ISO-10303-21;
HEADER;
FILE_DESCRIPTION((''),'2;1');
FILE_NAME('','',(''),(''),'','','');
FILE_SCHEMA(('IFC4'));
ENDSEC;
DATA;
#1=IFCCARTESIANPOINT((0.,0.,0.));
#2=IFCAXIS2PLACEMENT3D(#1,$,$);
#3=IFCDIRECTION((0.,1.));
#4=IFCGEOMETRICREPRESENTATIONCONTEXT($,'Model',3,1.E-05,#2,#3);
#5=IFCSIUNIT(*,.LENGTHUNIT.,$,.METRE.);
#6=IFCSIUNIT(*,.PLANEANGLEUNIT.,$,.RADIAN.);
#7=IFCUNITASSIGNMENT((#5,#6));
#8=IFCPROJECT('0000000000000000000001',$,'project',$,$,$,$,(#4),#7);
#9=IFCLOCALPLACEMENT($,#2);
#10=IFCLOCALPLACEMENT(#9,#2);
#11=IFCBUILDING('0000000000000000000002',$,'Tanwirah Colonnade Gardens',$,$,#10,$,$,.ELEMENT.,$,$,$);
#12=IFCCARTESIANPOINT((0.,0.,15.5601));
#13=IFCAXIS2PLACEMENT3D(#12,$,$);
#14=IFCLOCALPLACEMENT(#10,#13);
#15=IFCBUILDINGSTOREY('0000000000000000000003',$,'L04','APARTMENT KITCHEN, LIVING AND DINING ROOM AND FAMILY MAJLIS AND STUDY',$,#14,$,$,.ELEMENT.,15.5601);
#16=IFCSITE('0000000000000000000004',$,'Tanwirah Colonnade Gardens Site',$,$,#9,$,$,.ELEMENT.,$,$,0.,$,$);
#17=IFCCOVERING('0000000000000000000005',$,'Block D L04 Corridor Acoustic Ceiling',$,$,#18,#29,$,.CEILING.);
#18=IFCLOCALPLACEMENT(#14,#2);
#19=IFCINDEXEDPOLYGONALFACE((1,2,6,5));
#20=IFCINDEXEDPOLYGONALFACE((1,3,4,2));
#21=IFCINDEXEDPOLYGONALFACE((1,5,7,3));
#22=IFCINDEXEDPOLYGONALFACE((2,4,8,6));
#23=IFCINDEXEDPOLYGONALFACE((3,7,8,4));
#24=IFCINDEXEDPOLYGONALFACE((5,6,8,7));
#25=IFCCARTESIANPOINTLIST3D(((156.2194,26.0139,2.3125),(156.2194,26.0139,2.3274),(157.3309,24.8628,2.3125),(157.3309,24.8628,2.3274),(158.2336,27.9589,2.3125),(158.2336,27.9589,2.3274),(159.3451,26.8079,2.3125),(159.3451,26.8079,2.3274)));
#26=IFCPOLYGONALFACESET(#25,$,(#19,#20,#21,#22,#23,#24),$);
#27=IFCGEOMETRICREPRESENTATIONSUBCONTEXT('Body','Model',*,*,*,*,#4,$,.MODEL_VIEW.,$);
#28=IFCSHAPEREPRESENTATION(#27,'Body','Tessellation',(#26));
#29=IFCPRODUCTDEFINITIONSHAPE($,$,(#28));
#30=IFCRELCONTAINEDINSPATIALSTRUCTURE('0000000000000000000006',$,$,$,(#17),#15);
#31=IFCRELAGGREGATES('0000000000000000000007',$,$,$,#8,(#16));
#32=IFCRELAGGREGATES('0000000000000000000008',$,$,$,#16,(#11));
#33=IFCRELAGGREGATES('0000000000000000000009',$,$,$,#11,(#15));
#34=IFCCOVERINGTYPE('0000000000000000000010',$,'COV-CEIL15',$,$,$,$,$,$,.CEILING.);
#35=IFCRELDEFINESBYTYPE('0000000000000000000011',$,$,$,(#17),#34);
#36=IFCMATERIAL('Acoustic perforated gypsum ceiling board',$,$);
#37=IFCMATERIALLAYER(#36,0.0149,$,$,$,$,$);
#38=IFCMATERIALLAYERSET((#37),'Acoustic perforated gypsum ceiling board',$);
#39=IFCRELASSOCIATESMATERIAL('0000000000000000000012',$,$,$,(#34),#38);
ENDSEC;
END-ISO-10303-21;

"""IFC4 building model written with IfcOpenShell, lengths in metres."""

from ifc_helpers import new_model, si_unit, direction, frame, origin, origin_2d, place, context, subcontext, project, spatial, rectangle, extrude, material, layer, layer_set, type_object, element, save


model = new_model("IFC4")

# Units and contexts
model_context = context("Model", 3, precision=1e-05, world=origin(), true_north=direction((0.0, 1.0)))
body_context = subcontext(model_context, "Body", "Model", "MODEL_VIEW")
ifc_project = project(units=[si_unit("LENGTHUNIT", "METRE"), si_unit("PLANEANGLEUNIT", "RADIAN")], contexts=[model_context])

# Site, building, storey
site_placement = place(None, origin())
site = spatial("IfcSite", under=ifc_project, at=site_placement, Name="Tanwirah Colonnade Gardens Site", CompositionType="ELEMENT", RefElevation=0.0)
building_placement = place(site_placement, origin())
building = spatial("IfcBuilding", under=site, at=building_placement, Name="Tanwirah Colonnade Gardens", CompositionType="ELEMENT")
storey_placement = place(building_placement, frame((0.0, 0.0, 15.5601)))
storey = spatial("IfcBuildingStorey", under=building, at=storey_placement, Name="L04", Description="APARTMENT KITCHEN, LIVING AND DINING ROOM AND FAMILY MAJLIS AND STUDY", CompositionType="ELEMENT", Elevation=15.5601)

# Covering
ifc_material_1 = material(Name="Acoustic perforated gypsum ceiling board")
ifc_layer_1 = layer(ifc_material_1, 0.0149)
ifc_layer_set_1 = layer_set([ifc_layer_1], Name="Acoustic perforated gypsum ceiling board")
covering_type = type_object("IfcCoveringType", Name="COV-CEIL15", PredefinedType="CEILING", material=ifc_layer_set_1)
covering_placement = place(storey_placement, frame((157.7822, 26.4109, 2.3125), z_axis=(0.0, 0.0, 1.0), x_axis=(0.71934, 0.694658, 0.0)))
element("IfcCovering", 1, at=covering_placement, inside=storey, type_object=covering_type, Name="Block D L04 Corridor Acoustic Ceiling", PredefinedType="CEILING", context=body_context, shape_type="SweptSolid", body=[
    extrude(rectangle(XDim=2.8, YDim=1.6001, at=origin_2d()), origin(), (0.0, 0.0, 1.0), 0.0149),
])

save(model, "model.ifc")
